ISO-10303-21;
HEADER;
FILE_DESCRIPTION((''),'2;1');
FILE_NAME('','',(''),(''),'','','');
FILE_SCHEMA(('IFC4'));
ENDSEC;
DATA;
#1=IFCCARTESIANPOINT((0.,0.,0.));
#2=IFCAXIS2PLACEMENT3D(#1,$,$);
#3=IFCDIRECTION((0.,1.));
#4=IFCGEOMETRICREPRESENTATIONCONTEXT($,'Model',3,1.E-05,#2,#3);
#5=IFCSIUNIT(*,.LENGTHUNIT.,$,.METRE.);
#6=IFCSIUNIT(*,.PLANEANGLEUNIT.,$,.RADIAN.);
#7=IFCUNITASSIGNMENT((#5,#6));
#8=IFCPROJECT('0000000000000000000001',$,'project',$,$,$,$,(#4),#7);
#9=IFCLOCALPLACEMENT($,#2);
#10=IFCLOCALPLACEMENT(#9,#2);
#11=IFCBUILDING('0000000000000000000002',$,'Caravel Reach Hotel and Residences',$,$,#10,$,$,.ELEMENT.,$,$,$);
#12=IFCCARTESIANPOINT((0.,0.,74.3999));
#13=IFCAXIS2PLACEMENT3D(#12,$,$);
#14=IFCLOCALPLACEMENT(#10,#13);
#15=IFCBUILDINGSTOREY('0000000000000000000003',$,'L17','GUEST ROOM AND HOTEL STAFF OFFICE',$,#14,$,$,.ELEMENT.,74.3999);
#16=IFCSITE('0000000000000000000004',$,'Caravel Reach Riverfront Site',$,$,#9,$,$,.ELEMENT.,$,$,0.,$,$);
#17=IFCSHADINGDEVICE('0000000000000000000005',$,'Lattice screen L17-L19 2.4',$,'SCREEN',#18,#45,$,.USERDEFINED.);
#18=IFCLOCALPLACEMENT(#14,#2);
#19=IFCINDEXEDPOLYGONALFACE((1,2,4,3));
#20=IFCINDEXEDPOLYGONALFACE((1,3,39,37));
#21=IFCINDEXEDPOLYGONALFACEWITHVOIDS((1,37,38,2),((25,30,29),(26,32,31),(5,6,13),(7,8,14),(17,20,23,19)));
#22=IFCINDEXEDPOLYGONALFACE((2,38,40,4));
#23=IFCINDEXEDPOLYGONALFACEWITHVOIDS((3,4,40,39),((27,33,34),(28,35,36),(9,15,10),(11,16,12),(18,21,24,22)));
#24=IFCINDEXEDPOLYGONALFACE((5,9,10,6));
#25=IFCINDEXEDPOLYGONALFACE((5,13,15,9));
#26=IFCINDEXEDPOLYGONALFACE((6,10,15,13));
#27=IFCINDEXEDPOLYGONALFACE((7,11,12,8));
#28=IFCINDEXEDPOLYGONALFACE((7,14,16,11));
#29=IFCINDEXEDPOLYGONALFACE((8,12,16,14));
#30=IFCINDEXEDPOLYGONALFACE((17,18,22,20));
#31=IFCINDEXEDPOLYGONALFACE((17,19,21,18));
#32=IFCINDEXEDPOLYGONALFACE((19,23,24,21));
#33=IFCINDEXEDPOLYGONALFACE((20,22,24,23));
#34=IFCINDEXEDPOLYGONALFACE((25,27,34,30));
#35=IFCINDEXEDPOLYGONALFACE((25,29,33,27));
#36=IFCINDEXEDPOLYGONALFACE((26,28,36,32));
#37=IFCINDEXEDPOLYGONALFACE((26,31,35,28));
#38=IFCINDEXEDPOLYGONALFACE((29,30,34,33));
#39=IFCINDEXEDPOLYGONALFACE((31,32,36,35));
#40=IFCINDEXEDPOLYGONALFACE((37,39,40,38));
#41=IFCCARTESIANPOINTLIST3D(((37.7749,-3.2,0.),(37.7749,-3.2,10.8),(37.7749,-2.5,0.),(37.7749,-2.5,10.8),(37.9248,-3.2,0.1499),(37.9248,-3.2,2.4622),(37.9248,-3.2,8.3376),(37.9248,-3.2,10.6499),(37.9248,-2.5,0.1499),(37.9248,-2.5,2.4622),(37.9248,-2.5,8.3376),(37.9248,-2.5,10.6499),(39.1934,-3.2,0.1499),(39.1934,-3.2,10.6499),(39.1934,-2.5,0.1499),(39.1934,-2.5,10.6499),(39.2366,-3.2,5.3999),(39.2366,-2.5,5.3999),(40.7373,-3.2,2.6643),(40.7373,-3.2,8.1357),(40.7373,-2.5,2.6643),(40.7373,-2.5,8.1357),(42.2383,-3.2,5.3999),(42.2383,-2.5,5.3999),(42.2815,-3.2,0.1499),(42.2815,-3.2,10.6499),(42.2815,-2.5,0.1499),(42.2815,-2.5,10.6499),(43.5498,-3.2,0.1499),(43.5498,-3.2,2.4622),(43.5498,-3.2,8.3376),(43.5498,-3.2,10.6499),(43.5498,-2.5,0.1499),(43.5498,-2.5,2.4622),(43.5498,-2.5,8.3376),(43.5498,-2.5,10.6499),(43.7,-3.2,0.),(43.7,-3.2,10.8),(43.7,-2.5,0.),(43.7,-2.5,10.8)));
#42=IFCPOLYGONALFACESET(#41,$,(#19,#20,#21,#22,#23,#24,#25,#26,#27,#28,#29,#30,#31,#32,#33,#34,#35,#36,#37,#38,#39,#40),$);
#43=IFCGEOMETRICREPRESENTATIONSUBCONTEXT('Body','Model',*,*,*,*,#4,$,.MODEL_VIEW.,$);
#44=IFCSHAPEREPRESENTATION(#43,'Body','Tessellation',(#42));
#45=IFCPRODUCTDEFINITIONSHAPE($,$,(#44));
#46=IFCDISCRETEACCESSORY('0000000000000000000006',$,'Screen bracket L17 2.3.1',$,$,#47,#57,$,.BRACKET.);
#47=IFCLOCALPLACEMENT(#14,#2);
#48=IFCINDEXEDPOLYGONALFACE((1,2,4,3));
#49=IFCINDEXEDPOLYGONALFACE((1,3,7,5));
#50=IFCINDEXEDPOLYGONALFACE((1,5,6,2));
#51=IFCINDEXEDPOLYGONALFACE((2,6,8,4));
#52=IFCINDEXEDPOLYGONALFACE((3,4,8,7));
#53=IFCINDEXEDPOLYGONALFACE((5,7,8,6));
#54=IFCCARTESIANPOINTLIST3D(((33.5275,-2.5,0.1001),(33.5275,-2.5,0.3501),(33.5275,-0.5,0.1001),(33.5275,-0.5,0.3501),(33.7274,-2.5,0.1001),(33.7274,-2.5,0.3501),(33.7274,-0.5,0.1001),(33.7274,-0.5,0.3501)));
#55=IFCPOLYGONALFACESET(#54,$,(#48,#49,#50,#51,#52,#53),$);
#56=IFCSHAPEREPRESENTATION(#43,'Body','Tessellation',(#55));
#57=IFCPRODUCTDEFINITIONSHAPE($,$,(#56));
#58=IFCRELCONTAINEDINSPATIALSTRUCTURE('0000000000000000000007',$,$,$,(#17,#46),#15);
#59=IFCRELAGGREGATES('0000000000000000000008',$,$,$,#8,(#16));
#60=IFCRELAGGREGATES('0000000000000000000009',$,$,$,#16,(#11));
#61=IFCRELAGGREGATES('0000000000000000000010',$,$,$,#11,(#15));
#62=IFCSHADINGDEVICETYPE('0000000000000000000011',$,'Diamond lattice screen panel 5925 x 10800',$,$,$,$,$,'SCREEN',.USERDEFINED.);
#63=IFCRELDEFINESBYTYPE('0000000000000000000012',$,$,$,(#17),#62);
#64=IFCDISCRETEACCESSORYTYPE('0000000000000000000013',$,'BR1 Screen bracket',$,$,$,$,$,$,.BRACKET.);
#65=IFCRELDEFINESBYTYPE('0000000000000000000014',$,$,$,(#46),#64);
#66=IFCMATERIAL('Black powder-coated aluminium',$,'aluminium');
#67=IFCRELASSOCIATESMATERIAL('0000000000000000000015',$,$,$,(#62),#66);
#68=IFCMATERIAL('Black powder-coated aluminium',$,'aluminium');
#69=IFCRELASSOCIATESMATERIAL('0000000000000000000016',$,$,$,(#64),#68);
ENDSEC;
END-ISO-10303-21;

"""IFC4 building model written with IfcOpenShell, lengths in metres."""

from ifc_helpers import new_model, si_unit, direction, frame, origin, origin_2d, place, context, subcontext, project, spatial, polyline, rectangle, outline, extrude, material, type_object, element, save


model = new_model("IFC4")

# Units and contexts
model_context = context("Model", 3, precision=1e-05, world=origin(), true_north=direction((0.0, 1.0)))
body_context = subcontext(model_context, "Body", "Model", "MODEL_VIEW")
ifc_project = project(units=[si_unit("LENGTHUNIT", "METRE"), si_unit("PLANEANGLEUNIT", "RADIAN")], contexts=[model_context])

# Site, building, storey
site_placement = place(None, origin())
site = spatial("IfcSite", under=ifc_project, at=site_placement, Name="Caravel Reach Riverfront Site", CompositionType="ELEMENT", RefElevation=0.0)
building_placement = place(site_placement, origin())
building = spatial("IfcBuilding", under=site, at=building_placement, Name="Caravel Reach Hotel and Residences", CompositionType="ELEMENT")
storey_placement = place(building_placement, frame((0.0, 0.0, 74.3999)))
storey = spatial("IfcBuildingStorey", under=building, at=storey_placement, Name="L17", Description="GUEST ROOM AND HOTEL STAFF OFFICE", CompositionType="ELEMENT", Elevation=74.3999)

# Shading device
ifc_material_1 = material(Name="Black powder-coated aluminium", Category="aluminium")
shading_device_type = type_object("IfcShadingDeviceType", Name="Diamond lattice screen panel 5925 x 10800", ElementType="SCREEN", PredefinedType="USERDEFINED", material=ifc_material_1)
for number, where, z_axis, x_axis, name in (
    (1, (37.7749, -2.5, 0.0), (0.0, -1.0, 0.0), (1.0, 0.0, 0.0), "Lattice screen L17-L19 2.4"),
):
    element("IfcShadingDevice", number, at=place(storey_placement, frame(where, z_axis=z_axis, x_axis=x_axis)), inside=storey, type_object=shading_device_type, Name=name, ObjectType="SCREEN", PredefinedType="USERDEFINED", context=body_context, shape_type="SweptSolid", body=[
        extrude(outline(polyline([(0.0, 0.0), (5.925, 0.0), (5.925, 10.8), (0.0, 10.8), (0.0, 0.0)]), holes=[polyline([(1.4185, 0.1499), (0.1499, 2.4622), (0.1499, 0.1499), (1.4185, 0.1499)]), polyline([(0.1499, 8.3376), (1.4185, 10.6499), (0.1499, 10.6499), (0.1499, 8.3376)]), polyline([(2.9624, 8.1357), (1.4617, 5.3999), (2.9624, 2.6643), (4.4634, 5.3999), (2.9624, 8.1357)]), polyline([(5.7749, 2.4622), (4.5066, 0.1499), (5.7749, 0.1499), (5.7749, 2.4622)]), polyline([(4.5066, 10.6499), (5.7749, 8.3376), (5.7749, 10.6499), (4.5066, 10.6499)])]), origin(), (0.0, 0.0, 1.0), 0.7),
    ])

# Discrete accessory
ifc_material_2 = material(Name="Black powder-coated aluminium", Category="aluminium")
discrete_accessory_type = type_object("IfcDiscreteAccessoryType", Name="BR1 Screen bracket", PredefinedType="BRACKET", material=ifc_material_2)
discrete_accessory_placement = place(storey_placement, frame((33.6274, -1.5, 0.1001), z_axis=(0.0, 0.0, 1.0), x_axis=(0.0, -1.0, 0.0)))
element("IfcDiscreteAccessory", 2, at=discrete_accessory_placement, inside=storey, type_object=discrete_accessory_type, Name="Screen bracket L17 2.3.1", PredefinedType="BRACKET", context=body_context, shape_type="SweptSolid", body=[
    extrude(rectangle(XDim=2.0, YDim=0.2, at=origin_2d()), origin(), (0.0, 0.0, 1.0), 0.25),
])

save(model, "model.ifc")
